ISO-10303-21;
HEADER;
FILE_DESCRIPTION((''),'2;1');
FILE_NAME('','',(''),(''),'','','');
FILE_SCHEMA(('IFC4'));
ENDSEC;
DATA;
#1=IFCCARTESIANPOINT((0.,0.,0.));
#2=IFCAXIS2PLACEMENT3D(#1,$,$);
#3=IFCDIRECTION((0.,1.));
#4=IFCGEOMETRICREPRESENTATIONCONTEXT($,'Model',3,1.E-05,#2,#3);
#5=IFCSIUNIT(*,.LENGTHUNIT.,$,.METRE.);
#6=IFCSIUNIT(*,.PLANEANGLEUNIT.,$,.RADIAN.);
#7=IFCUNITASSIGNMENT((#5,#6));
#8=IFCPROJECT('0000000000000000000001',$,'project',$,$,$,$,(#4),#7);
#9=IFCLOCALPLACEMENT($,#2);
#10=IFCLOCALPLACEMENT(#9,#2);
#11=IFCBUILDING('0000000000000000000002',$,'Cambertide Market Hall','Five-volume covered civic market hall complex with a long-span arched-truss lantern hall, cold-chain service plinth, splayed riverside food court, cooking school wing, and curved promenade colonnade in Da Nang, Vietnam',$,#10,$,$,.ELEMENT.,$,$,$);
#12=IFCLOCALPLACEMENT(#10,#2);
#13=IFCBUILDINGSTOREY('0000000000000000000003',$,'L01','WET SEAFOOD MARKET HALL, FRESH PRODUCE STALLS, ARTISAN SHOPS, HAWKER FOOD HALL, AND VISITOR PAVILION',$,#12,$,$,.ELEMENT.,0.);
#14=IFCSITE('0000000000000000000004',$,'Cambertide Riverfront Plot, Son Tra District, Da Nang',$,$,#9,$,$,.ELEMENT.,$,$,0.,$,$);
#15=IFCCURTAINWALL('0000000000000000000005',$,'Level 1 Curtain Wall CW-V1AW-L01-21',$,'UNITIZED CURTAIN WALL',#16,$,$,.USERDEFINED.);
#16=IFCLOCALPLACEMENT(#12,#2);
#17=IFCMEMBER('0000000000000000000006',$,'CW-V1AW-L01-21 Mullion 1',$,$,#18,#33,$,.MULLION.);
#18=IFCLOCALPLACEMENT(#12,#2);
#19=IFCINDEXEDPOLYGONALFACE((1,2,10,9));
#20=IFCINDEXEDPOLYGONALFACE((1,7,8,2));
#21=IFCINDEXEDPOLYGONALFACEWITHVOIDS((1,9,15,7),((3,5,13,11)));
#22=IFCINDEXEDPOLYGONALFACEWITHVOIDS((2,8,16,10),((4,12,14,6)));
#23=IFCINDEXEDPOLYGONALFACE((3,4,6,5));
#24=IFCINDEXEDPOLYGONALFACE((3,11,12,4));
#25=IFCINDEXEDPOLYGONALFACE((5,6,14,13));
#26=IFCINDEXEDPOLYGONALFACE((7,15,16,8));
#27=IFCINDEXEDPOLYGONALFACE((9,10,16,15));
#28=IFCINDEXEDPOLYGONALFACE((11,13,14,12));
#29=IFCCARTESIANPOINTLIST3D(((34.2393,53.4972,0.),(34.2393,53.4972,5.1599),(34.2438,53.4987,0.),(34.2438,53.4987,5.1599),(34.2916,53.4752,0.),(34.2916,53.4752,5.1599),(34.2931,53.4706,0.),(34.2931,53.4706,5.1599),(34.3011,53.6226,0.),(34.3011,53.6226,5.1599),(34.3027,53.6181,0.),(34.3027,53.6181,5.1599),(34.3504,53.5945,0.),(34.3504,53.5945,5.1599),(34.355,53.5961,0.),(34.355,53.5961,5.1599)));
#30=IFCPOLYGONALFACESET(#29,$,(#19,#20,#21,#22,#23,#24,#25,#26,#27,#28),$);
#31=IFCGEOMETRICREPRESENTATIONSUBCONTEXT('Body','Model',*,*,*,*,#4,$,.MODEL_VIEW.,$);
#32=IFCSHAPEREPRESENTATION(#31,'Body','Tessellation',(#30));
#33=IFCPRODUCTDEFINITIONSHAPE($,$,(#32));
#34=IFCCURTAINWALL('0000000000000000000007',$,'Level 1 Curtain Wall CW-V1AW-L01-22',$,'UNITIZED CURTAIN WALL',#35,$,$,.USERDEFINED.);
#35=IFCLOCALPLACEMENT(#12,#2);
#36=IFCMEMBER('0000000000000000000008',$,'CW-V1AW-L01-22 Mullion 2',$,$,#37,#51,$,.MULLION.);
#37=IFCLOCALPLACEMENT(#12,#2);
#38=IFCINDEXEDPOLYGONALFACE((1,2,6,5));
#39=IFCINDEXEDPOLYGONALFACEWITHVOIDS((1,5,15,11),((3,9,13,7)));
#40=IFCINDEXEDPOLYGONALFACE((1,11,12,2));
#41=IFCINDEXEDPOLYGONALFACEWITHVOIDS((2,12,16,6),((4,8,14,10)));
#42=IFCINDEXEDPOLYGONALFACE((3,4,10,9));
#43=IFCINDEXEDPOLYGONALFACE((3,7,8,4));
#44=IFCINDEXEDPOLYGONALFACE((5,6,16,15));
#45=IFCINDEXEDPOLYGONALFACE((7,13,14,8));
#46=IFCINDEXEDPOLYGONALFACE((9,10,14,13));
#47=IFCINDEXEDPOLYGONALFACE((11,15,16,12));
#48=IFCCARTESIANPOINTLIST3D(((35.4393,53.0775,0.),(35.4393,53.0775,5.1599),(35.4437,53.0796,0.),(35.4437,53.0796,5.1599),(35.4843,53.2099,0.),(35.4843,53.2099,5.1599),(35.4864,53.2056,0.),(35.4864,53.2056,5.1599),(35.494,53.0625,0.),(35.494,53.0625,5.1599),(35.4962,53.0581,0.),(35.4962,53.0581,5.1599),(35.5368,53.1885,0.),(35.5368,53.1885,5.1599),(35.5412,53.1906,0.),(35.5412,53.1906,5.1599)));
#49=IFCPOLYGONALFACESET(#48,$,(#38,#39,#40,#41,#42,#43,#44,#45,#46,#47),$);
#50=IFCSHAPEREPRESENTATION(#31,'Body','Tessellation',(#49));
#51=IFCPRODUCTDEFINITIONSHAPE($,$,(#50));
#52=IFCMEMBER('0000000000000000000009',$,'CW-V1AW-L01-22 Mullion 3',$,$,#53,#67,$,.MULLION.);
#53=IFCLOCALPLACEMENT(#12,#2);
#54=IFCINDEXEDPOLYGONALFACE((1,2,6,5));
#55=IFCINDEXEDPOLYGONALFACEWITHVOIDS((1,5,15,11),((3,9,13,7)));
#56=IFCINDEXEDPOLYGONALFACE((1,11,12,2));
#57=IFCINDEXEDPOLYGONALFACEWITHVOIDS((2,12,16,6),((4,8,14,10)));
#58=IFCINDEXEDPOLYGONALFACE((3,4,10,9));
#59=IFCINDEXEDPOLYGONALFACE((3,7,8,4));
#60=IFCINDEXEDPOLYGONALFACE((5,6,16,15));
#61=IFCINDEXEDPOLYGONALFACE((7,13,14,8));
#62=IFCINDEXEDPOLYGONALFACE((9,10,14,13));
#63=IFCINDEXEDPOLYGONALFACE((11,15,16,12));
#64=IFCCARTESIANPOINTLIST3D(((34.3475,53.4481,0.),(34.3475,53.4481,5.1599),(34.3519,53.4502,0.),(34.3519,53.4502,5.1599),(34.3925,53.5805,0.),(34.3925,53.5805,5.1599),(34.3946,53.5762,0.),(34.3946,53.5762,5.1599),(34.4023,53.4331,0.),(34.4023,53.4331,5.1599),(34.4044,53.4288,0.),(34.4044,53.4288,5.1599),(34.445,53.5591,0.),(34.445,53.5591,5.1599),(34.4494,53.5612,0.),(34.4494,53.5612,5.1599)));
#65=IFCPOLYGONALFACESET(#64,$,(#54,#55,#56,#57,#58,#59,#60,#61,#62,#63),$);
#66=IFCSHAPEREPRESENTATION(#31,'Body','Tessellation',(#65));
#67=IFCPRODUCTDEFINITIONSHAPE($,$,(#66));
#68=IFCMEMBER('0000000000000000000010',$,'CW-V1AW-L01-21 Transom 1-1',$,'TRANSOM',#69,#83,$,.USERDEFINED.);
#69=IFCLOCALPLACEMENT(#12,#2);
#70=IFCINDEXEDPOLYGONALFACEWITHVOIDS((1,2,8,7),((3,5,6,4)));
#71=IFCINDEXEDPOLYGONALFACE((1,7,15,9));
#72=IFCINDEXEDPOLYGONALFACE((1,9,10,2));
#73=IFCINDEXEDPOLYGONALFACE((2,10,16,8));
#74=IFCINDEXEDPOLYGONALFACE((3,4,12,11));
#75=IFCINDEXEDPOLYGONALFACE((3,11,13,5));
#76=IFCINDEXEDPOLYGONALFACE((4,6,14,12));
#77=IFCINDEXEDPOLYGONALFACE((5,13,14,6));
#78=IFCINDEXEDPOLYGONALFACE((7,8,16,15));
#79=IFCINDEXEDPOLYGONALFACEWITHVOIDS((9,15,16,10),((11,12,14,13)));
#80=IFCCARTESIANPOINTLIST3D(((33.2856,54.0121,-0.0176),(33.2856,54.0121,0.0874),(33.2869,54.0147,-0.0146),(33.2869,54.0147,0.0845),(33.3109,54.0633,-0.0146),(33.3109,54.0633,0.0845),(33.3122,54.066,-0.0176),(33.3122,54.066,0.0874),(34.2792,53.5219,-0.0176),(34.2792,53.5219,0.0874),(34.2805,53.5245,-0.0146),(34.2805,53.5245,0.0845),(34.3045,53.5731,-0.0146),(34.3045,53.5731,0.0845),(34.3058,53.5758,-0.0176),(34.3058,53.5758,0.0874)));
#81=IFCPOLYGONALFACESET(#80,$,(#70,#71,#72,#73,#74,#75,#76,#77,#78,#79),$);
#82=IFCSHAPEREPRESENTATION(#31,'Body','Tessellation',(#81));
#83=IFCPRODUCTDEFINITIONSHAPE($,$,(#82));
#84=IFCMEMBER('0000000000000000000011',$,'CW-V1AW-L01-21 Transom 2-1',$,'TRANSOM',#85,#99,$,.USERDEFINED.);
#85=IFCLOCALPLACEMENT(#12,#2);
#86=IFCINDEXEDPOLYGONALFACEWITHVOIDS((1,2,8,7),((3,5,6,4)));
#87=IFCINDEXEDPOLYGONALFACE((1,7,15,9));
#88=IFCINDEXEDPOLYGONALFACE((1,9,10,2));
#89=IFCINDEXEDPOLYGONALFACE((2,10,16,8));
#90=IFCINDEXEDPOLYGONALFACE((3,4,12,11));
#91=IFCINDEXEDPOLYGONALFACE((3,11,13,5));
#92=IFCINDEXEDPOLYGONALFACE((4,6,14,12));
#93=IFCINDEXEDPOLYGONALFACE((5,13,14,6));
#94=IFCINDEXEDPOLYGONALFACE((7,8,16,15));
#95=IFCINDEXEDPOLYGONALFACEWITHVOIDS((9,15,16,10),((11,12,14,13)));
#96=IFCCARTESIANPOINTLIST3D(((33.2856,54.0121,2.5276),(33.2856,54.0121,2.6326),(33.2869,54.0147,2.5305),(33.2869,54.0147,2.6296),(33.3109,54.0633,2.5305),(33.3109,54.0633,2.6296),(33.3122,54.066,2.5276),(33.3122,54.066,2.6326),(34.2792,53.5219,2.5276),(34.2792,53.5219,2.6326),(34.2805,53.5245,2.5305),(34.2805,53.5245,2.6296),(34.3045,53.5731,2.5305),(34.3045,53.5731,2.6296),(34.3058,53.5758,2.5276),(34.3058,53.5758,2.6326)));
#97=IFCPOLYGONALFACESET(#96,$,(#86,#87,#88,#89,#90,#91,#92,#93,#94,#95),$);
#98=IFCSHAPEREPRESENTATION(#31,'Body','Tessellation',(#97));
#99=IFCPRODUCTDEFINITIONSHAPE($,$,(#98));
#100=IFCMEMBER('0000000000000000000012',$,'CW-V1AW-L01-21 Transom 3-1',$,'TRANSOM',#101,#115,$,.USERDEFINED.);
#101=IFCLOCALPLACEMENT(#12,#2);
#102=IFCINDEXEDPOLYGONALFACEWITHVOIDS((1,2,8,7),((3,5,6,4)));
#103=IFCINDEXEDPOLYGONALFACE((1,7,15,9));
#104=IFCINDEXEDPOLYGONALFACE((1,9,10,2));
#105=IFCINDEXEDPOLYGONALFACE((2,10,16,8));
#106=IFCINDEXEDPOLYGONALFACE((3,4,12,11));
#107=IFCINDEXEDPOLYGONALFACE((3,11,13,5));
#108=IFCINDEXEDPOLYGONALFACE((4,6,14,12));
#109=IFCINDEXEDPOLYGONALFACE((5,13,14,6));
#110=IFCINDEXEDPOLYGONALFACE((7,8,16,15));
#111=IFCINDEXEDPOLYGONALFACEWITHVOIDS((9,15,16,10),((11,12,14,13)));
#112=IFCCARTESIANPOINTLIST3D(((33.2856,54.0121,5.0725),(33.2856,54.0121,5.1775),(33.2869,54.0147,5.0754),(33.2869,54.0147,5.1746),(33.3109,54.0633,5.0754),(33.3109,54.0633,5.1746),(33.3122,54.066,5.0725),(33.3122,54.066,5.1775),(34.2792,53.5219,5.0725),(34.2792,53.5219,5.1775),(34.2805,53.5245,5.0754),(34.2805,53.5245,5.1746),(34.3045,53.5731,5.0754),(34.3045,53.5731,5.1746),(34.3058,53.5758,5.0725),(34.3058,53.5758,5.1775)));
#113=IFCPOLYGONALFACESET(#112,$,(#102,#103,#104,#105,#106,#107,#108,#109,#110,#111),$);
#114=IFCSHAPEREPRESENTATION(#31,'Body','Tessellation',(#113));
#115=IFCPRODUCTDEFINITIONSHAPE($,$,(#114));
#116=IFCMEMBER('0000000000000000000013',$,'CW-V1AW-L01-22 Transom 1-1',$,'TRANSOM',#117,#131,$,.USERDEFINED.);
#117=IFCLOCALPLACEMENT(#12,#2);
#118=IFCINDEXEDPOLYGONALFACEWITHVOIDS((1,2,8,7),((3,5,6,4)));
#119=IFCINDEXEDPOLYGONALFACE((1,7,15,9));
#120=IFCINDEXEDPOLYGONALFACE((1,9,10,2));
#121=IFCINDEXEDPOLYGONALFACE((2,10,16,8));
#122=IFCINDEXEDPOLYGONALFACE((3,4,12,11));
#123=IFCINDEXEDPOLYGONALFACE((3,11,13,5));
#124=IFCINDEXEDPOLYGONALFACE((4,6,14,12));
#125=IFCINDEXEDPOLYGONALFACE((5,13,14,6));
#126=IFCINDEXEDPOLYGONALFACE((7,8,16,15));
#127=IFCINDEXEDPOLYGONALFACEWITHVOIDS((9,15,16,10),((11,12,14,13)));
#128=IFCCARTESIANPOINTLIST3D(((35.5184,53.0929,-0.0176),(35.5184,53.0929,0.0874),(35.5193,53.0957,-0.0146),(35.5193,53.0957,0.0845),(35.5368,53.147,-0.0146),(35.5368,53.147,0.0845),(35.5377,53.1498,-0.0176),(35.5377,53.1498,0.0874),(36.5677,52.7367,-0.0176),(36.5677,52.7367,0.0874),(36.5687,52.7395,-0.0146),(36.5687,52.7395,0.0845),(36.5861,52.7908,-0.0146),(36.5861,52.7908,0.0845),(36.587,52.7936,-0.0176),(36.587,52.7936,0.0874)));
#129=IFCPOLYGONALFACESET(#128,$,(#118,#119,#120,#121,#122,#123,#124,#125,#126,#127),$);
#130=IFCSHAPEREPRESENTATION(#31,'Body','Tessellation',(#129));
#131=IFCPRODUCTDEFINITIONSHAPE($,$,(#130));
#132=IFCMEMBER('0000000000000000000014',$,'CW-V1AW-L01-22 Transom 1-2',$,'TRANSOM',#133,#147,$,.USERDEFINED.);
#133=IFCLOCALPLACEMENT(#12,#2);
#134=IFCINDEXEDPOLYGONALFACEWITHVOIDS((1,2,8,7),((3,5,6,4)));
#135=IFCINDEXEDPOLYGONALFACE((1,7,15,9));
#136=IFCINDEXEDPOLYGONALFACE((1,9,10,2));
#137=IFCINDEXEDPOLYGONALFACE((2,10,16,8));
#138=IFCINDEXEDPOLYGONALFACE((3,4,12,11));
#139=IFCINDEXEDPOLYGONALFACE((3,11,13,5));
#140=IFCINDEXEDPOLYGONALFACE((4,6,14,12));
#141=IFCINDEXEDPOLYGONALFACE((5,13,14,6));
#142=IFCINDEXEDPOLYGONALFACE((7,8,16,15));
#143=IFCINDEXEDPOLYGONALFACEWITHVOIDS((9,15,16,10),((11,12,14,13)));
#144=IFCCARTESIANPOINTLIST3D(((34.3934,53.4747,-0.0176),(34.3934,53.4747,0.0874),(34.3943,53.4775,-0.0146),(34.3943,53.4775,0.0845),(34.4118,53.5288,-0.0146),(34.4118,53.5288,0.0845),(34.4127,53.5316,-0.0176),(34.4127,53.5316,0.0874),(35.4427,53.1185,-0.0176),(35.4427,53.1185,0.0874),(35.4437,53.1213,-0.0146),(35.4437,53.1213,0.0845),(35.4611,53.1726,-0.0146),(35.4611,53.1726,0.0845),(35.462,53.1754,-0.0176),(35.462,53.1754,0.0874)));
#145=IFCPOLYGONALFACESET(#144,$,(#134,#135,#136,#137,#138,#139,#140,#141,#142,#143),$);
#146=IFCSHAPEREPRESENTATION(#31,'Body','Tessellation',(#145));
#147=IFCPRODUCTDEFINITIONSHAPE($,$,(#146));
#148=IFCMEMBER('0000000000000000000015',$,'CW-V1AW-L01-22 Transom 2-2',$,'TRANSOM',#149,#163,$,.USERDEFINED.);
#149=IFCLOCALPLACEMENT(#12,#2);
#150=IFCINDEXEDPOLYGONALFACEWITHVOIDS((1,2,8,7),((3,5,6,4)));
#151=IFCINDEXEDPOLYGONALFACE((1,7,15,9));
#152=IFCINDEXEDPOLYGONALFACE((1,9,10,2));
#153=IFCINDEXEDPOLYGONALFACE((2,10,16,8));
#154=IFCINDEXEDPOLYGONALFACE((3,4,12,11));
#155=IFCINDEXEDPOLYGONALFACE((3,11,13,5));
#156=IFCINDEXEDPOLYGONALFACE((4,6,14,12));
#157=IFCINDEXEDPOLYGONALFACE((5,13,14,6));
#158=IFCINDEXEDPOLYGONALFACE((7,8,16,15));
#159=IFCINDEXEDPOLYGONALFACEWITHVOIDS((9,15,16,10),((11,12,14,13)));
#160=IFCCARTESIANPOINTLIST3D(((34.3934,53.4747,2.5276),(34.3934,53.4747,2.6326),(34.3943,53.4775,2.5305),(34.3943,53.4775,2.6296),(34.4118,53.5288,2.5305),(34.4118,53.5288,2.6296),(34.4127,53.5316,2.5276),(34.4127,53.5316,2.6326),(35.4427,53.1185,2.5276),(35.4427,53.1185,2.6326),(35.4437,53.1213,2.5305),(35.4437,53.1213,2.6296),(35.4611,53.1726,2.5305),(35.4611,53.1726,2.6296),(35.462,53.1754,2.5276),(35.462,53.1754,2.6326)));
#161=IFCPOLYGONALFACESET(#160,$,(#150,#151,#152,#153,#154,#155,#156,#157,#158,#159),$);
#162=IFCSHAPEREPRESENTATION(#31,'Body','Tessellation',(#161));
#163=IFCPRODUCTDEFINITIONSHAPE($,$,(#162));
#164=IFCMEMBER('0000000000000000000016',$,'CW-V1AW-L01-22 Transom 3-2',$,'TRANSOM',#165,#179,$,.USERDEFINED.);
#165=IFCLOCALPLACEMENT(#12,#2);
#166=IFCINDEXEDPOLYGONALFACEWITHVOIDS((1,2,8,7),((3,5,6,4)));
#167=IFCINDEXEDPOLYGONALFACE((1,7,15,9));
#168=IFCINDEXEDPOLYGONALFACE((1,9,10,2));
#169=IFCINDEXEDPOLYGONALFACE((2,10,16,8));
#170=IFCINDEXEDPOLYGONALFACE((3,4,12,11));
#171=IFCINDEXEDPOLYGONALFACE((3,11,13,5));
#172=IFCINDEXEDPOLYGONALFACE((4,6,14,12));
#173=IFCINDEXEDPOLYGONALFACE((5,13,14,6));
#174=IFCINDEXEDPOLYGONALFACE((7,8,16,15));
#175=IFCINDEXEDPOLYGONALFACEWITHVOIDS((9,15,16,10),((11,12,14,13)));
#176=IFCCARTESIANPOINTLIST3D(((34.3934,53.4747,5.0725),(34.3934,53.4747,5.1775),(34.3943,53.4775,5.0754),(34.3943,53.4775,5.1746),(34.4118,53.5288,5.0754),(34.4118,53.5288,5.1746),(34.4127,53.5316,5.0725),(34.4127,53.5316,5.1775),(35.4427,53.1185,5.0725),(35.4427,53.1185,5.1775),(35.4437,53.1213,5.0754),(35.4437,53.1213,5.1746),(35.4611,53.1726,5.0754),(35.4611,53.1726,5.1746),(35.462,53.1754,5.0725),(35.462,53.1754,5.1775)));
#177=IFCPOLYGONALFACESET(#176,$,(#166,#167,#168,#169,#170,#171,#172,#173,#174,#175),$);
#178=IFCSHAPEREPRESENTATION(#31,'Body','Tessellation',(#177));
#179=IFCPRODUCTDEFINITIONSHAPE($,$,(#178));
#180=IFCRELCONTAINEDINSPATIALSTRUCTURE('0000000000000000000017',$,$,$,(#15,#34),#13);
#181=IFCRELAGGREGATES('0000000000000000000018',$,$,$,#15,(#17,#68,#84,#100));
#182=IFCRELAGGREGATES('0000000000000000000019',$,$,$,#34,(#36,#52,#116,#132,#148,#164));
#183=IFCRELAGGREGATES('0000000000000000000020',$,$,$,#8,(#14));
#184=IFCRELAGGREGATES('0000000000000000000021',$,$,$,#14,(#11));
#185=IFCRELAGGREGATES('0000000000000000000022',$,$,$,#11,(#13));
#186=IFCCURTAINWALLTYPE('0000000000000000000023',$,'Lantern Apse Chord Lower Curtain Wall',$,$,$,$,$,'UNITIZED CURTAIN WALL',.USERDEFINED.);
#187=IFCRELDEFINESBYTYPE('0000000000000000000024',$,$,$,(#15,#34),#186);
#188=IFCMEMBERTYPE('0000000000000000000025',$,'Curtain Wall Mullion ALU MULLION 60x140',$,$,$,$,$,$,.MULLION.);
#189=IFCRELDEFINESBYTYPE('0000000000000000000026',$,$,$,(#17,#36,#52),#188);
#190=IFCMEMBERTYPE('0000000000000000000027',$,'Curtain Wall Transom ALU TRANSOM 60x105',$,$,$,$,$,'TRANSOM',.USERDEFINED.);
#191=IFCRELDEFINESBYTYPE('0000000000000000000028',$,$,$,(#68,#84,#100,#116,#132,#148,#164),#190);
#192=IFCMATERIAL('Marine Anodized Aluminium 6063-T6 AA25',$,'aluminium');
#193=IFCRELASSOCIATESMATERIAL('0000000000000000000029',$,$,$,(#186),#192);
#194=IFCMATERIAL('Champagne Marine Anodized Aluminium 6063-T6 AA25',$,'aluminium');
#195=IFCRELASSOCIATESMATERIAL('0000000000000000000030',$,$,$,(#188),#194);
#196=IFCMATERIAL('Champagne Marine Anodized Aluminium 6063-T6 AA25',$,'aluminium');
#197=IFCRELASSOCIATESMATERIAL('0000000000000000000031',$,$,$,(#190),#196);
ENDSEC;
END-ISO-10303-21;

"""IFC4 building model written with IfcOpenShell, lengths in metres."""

from ifc_helpers import new_model, si_unit, direction, frame, origin, origin_2d, place, context, subcontext, project, spatial, hollow_rectangle, extrude, material, material_profile, profile_set, type_object, element, aggregate, save


model = new_model("IFC4")

# Units and contexts
model_context = context("Model", 3, precision=1e-05, world=origin(), true_north=direction((0.0, 1.0)))
body_context = subcontext(model_context, "Body", "Model", "MODEL_VIEW")
ifc_project = project(units=[si_unit("LENGTHUNIT", "METRE"), si_unit("PLANEANGLEUNIT", "RADIAN")], contexts=[model_context])

# Site, building, storey
site_placement = place(None, origin())
site = spatial("IfcSite", under=ifc_project, at=site_placement, Name="Cambertide Riverfront Plot, Son Tra District, Da Nang", CompositionType="ELEMENT", RefElevation=0.0)
building_placement = place(site_placement, origin())
building = spatial("IfcBuilding", under=site, at=building_placement, Name="Cambertide Market Hall", Description="Five-volume covered civic market hall complex with a long-span arched-truss lantern hall, cold-chain service plinth, splayed riverside food court, cooking school wing, and curved promenade colonnade in Da Nang, Vietnam", CompositionType="ELEMENT")
storey_placement = place(building_placement, origin())
storey = spatial("IfcBuildingStorey", under=building, at=storey_placement, Name="L01", Description="WET SEAFOOD MARKET HALL, FRESH PRODUCE STALLS, ARTISAN SHOPS, HAWKER FOOD HALL, AND VISITOR PAVILION", CompositionType="ELEMENT", Elevation=0.0)

# Curtain wall, member
ifc_material_1 = material(Name="Marine Anodized Aluminium 6063-T6 AA25", Category="aluminium")
curtain_wall_type = type_object("IfcCurtainWallType", Name="Lantern Apse Chord Lower Curtain Wall", ElementType="UNITIZED CURTAIN WALL", PredefinedType="USERDEFINED", material=ifc_material_1)
curtain_wall_1_placement = place(storey_placement, origin())
curtain_wall_1 = element("IfcCurtainWall", 1, at=curtain_wall_1_placement, inside=storey, type_object=curtain_wall_type, Name="Level 1 Curtain Wall CW-V1AW-L01-21", ObjectType="UNITIZED CURTAIN WALL", PredefinedType="USERDEFINED")
ifc_material_2 = material(Name="Champagne Marine Anodized Aluminium 6063-T6 AA25", Category="aluminium")
ifc_material_profile_1 = material_profile(ifc_material_2, hollow_rectangle(XDim=0.0601, YDim=0.1399, WallThickness=0.0034, at=origin_2d()), Name="ALU MULLION 60x140")
ifc_profile_set_1 = profile_set([ifc_material_profile_1], Name="Champagne Marine Anodized Aluminium 6063-T6 AA25")
member_type_1 = type_object("IfcMemberType", Name="Curtain Wall Mullion ALU MULLION 60x140", PredefinedType="MULLION", material=ifc_profile_set_1)
member_1_placement = place(storey_placement, frame((34.2971, 53.5466, 0.0), z_axis=(0.0, 0.0, 1.0), x_axis=(-0.896873, 0.442289, 0.0)))
member_1 = element("IfcMember", 2, at=member_1_placement, type_object=member_type_1, Name="CW-V1AW-L01-21 Mullion 1", PredefinedType="MULLION", context=body_context, shape_type="SweptSolid", body=[
    extrude(hollow_rectangle(XDim=0.0601, YDim=0.1399, WallThickness=0.0034, at=origin_2d()), origin(), (0.0, 0.0, 1.0), 5.1599),
])

# Curtain wall, members
curtain_wall_2_placement = place(storey_placement, origin())
curtain_wall_2 = element("IfcCurtainWall", 3, at=curtain_wall_2_placement, inside=storey, type_object=curtain_wall_type, Name="Level 1 Curtain Wall CW-V1AW-L01-22", ObjectType="UNITIZED CURTAIN WALL", PredefinedType="USERDEFINED")
member_2_placement = place(storey_placement, frame((35.4902, 53.134, 0.0), z_axis=(0.0, 0.0, 1.0), x_axis=(-0.94693, 0.321439, 0.0)))
member_2 = element("IfcMember", 4, at=member_2_placement, type_object=member_type_1, Name="CW-V1AW-L01-22 Mullion 2", PredefinedType="MULLION", context=body_context, shape_type="SweptSolid", body=[
    extrude(hollow_rectangle(XDim=0.0601, YDim=0.1399, WallThickness=0.0034, at=origin_2d()), origin(), (0.0, 0.0, 1.0), 5.1599),
])
member_3_placement = place(storey_placement, frame((34.3984, 53.5046, 0.0), z_axis=(0.0, 0.0, 1.0), x_axis=(-0.94693, 0.321439, 0.0)))
member_3 = element("IfcMember", 5, at=member_3_placement, type_object=member_type_1, Name="CW-V1AW-L01-22 Mullion 3", PredefinedType="MULLION", context=body_context, shape_type="SweptSolid", body=[
    extrude(hollow_rectangle(XDim=0.0601, YDim=0.1399, WallThickness=0.0034, at=origin_2d()), origin(), (0.0, 0.0, 1.0), 5.1599),
])

# Members
ifc_material_3 = material(Name="Champagne Marine Anodized Aluminium 6063-T6 AA25", Category="aluminium")
ifc_material_profile_2 = material_profile(ifc_material_3, hollow_rectangle(XDim=0.0601, YDim=0.105, WallThickness=0.0029, at=origin_2d()), Name="ALU TRANSOM 60x105")
ifc_profile_set_2 = profile_set([ifc_material_profile_2], Name="Champagne Marine Anodized Aluminium 6063-T6 AA25")
member_type_2 = type_object("IfcMemberType", Name="Curtain Wall Transom ALU TRANSOM 60x105", ElementType="TRANSOM", PredefinedType="USERDEFINED", material=ifc_profile_set_2)
member_4_placement = place(storey_placement, frame((34.2925, 53.5488, 0.0349), z_axis=(-0.896794, 0.442448, 0.0), x_axis=(-0.442448, -0.896794, 0.0)))
member_4 = element("IfcMember", 6, at=member_4_placement, type_object=member_type_2, Name="CW-V1AW-L01-21 Transom 1-1", ObjectType="TRANSOM", PredefinedType="USERDEFINED", context=body_context, shape_type="SweptSolid", body=[
    extrude(hollow_rectangle(XDim=0.0601, YDim=0.105, WallThickness=0.0029, at=origin_2d()), origin(), (0.0, 0.0, 1.0), 1.1079),
])
member_5_placement = place(storey_placement, frame((34.2925, 53.5488, 2.5801), z_axis=(-0.896794, 0.442448, 0.0), x_axis=(-0.442448, -0.896794, 0.0)))
member_5 = element("IfcMember", 7, at=member_5_placement, type_object=member_type_2, Name="CW-V1AW-L01-21 Transom 2-1", ObjectType="TRANSOM", PredefinedType="USERDEFINED", context=body_context, shape_type="SweptSolid", body=[
    extrude(hollow_rectangle(XDim=0.0601, YDim=0.105, WallThickness=0.0029, at=origin_2d()), origin(), (0.0, 0.0, 1.0), 1.1079),
])
member_6_placement = place(storey_placement, frame((34.2925, 53.5488, 5.125), z_axis=(-0.896794, 0.442448, 0.0), x_axis=(-0.442448, -0.896794, 0.0)))
member_6 = element("IfcMember", 8, at=member_6_placement, type_object=member_type_2, Name="CW-V1AW-L01-21 Transom 3-1", ObjectType="TRANSOM", PredefinedType="USERDEFINED", context=body_context, shape_type="SweptSolid", body=[
    extrude(hollow_rectangle(XDim=0.0601, YDim=0.105, WallThickness=0.0029, at=origin_2d()), origin(), (0.0, 0.0, 1.0), 1.1079),
])
member_7_placement = place(storey_placement, frame((36.5774, 52.7651, 0.0349), z_axis=(-0.946928, 0.321445, 0.0), x_axis=(-0.321445, -0.946928, 0.0)))
member_7 = element("IfcMember", 9, at=member_7_placement, type_object=member_type_2, Name="CW-V1AW-L01-22 Transom 1-1", ObjectType="TRANSOM", PredefinedType="USERDEFINED", context=body_context, shape_type="SweptSolid", body=[
    extrude(hollow_rectangle(XDim=0.0601, YDim=0.105, WallThickness=0.0029, at=origin_2d()), origin(), (0.0, 0.0, 1.0), 1.1082),
])
member_8_placement = place(storey_placement, frame((35.4524, 53.147, 0.0349), z_axis=(-0.946928, 0.321445, 0.0), x_axis=(-0.321445, -0.946928, 0.0)))
member_8 = element("IfcMember", 10, at=member_8_placement, type_object=member_type_2, Name="CW-V1AW-L01-22 Transom 1-2", ObjectType="TRANSOM", PredefinedType="USERDEFINED", context=body_context, shape_type="SweptSolid", body=[
    extrude(hollow_rectangle(XDim=0.0601, YDim=0.105, WallThickness=0.0029, at=origin_2d()), origin(), (0.0, 0.0, 1.0), 1.1082),
])
member_9_placement = place(storey_placement, frame((35.4524, 53.147, 2.5801), z_axis=(-0.946928, 0.321445, 0.0), x_axis=(-0.321445, -0.946928, 0.0)))
member_9 = element("IfcMember", 11, at=member_9_placement, type_object=member_type_2, Name="CW-V1AW-L01-22 Transom 2-2", ObjectType="TRANSOM", PredefinedType="USERDEFINED", context=body_context, shape_type="SweptSolid", body=[
    extrude(hollow_rectangle(XDim=0.0601, YDim=0.105, WallThickness=0.0029, at=origin_2d()), origin(), (0.0, 0.0, 1.0), 1.1082),
])
member_10_placement = place(storey_placement, frame((35.4524, 53.147, 5.125), z_axis=(-0.946928, 0.321445, 0.0), x_axis=(-0.321445, -0.946928, 0.0)))
member_10 = element("IfcMember", 12, at=member_10_placement, type_object=member_type_2, Name="CW-V1AW-L01-22 Transom 3-2", ObjectType="TRANSOM", PredefinedType="USERDEFINED", context=body_context, shape_type="SweptSolid", body=[
    extrude(hollow_rectangle(XDim=0.0601, YDim=0.105, WallThickness=0.0029, at=origin_2d()), origin(), (0.0, 0.0, 1.0), 1.1082),
])

aggregate(curtain_wall_1, [member_1, member_4, member_5, member_6])
aggregate(curtain_wall_2, [member_2, member_3, member_7, member_8, member_9, member_10])

save(model, "model.ifc")
